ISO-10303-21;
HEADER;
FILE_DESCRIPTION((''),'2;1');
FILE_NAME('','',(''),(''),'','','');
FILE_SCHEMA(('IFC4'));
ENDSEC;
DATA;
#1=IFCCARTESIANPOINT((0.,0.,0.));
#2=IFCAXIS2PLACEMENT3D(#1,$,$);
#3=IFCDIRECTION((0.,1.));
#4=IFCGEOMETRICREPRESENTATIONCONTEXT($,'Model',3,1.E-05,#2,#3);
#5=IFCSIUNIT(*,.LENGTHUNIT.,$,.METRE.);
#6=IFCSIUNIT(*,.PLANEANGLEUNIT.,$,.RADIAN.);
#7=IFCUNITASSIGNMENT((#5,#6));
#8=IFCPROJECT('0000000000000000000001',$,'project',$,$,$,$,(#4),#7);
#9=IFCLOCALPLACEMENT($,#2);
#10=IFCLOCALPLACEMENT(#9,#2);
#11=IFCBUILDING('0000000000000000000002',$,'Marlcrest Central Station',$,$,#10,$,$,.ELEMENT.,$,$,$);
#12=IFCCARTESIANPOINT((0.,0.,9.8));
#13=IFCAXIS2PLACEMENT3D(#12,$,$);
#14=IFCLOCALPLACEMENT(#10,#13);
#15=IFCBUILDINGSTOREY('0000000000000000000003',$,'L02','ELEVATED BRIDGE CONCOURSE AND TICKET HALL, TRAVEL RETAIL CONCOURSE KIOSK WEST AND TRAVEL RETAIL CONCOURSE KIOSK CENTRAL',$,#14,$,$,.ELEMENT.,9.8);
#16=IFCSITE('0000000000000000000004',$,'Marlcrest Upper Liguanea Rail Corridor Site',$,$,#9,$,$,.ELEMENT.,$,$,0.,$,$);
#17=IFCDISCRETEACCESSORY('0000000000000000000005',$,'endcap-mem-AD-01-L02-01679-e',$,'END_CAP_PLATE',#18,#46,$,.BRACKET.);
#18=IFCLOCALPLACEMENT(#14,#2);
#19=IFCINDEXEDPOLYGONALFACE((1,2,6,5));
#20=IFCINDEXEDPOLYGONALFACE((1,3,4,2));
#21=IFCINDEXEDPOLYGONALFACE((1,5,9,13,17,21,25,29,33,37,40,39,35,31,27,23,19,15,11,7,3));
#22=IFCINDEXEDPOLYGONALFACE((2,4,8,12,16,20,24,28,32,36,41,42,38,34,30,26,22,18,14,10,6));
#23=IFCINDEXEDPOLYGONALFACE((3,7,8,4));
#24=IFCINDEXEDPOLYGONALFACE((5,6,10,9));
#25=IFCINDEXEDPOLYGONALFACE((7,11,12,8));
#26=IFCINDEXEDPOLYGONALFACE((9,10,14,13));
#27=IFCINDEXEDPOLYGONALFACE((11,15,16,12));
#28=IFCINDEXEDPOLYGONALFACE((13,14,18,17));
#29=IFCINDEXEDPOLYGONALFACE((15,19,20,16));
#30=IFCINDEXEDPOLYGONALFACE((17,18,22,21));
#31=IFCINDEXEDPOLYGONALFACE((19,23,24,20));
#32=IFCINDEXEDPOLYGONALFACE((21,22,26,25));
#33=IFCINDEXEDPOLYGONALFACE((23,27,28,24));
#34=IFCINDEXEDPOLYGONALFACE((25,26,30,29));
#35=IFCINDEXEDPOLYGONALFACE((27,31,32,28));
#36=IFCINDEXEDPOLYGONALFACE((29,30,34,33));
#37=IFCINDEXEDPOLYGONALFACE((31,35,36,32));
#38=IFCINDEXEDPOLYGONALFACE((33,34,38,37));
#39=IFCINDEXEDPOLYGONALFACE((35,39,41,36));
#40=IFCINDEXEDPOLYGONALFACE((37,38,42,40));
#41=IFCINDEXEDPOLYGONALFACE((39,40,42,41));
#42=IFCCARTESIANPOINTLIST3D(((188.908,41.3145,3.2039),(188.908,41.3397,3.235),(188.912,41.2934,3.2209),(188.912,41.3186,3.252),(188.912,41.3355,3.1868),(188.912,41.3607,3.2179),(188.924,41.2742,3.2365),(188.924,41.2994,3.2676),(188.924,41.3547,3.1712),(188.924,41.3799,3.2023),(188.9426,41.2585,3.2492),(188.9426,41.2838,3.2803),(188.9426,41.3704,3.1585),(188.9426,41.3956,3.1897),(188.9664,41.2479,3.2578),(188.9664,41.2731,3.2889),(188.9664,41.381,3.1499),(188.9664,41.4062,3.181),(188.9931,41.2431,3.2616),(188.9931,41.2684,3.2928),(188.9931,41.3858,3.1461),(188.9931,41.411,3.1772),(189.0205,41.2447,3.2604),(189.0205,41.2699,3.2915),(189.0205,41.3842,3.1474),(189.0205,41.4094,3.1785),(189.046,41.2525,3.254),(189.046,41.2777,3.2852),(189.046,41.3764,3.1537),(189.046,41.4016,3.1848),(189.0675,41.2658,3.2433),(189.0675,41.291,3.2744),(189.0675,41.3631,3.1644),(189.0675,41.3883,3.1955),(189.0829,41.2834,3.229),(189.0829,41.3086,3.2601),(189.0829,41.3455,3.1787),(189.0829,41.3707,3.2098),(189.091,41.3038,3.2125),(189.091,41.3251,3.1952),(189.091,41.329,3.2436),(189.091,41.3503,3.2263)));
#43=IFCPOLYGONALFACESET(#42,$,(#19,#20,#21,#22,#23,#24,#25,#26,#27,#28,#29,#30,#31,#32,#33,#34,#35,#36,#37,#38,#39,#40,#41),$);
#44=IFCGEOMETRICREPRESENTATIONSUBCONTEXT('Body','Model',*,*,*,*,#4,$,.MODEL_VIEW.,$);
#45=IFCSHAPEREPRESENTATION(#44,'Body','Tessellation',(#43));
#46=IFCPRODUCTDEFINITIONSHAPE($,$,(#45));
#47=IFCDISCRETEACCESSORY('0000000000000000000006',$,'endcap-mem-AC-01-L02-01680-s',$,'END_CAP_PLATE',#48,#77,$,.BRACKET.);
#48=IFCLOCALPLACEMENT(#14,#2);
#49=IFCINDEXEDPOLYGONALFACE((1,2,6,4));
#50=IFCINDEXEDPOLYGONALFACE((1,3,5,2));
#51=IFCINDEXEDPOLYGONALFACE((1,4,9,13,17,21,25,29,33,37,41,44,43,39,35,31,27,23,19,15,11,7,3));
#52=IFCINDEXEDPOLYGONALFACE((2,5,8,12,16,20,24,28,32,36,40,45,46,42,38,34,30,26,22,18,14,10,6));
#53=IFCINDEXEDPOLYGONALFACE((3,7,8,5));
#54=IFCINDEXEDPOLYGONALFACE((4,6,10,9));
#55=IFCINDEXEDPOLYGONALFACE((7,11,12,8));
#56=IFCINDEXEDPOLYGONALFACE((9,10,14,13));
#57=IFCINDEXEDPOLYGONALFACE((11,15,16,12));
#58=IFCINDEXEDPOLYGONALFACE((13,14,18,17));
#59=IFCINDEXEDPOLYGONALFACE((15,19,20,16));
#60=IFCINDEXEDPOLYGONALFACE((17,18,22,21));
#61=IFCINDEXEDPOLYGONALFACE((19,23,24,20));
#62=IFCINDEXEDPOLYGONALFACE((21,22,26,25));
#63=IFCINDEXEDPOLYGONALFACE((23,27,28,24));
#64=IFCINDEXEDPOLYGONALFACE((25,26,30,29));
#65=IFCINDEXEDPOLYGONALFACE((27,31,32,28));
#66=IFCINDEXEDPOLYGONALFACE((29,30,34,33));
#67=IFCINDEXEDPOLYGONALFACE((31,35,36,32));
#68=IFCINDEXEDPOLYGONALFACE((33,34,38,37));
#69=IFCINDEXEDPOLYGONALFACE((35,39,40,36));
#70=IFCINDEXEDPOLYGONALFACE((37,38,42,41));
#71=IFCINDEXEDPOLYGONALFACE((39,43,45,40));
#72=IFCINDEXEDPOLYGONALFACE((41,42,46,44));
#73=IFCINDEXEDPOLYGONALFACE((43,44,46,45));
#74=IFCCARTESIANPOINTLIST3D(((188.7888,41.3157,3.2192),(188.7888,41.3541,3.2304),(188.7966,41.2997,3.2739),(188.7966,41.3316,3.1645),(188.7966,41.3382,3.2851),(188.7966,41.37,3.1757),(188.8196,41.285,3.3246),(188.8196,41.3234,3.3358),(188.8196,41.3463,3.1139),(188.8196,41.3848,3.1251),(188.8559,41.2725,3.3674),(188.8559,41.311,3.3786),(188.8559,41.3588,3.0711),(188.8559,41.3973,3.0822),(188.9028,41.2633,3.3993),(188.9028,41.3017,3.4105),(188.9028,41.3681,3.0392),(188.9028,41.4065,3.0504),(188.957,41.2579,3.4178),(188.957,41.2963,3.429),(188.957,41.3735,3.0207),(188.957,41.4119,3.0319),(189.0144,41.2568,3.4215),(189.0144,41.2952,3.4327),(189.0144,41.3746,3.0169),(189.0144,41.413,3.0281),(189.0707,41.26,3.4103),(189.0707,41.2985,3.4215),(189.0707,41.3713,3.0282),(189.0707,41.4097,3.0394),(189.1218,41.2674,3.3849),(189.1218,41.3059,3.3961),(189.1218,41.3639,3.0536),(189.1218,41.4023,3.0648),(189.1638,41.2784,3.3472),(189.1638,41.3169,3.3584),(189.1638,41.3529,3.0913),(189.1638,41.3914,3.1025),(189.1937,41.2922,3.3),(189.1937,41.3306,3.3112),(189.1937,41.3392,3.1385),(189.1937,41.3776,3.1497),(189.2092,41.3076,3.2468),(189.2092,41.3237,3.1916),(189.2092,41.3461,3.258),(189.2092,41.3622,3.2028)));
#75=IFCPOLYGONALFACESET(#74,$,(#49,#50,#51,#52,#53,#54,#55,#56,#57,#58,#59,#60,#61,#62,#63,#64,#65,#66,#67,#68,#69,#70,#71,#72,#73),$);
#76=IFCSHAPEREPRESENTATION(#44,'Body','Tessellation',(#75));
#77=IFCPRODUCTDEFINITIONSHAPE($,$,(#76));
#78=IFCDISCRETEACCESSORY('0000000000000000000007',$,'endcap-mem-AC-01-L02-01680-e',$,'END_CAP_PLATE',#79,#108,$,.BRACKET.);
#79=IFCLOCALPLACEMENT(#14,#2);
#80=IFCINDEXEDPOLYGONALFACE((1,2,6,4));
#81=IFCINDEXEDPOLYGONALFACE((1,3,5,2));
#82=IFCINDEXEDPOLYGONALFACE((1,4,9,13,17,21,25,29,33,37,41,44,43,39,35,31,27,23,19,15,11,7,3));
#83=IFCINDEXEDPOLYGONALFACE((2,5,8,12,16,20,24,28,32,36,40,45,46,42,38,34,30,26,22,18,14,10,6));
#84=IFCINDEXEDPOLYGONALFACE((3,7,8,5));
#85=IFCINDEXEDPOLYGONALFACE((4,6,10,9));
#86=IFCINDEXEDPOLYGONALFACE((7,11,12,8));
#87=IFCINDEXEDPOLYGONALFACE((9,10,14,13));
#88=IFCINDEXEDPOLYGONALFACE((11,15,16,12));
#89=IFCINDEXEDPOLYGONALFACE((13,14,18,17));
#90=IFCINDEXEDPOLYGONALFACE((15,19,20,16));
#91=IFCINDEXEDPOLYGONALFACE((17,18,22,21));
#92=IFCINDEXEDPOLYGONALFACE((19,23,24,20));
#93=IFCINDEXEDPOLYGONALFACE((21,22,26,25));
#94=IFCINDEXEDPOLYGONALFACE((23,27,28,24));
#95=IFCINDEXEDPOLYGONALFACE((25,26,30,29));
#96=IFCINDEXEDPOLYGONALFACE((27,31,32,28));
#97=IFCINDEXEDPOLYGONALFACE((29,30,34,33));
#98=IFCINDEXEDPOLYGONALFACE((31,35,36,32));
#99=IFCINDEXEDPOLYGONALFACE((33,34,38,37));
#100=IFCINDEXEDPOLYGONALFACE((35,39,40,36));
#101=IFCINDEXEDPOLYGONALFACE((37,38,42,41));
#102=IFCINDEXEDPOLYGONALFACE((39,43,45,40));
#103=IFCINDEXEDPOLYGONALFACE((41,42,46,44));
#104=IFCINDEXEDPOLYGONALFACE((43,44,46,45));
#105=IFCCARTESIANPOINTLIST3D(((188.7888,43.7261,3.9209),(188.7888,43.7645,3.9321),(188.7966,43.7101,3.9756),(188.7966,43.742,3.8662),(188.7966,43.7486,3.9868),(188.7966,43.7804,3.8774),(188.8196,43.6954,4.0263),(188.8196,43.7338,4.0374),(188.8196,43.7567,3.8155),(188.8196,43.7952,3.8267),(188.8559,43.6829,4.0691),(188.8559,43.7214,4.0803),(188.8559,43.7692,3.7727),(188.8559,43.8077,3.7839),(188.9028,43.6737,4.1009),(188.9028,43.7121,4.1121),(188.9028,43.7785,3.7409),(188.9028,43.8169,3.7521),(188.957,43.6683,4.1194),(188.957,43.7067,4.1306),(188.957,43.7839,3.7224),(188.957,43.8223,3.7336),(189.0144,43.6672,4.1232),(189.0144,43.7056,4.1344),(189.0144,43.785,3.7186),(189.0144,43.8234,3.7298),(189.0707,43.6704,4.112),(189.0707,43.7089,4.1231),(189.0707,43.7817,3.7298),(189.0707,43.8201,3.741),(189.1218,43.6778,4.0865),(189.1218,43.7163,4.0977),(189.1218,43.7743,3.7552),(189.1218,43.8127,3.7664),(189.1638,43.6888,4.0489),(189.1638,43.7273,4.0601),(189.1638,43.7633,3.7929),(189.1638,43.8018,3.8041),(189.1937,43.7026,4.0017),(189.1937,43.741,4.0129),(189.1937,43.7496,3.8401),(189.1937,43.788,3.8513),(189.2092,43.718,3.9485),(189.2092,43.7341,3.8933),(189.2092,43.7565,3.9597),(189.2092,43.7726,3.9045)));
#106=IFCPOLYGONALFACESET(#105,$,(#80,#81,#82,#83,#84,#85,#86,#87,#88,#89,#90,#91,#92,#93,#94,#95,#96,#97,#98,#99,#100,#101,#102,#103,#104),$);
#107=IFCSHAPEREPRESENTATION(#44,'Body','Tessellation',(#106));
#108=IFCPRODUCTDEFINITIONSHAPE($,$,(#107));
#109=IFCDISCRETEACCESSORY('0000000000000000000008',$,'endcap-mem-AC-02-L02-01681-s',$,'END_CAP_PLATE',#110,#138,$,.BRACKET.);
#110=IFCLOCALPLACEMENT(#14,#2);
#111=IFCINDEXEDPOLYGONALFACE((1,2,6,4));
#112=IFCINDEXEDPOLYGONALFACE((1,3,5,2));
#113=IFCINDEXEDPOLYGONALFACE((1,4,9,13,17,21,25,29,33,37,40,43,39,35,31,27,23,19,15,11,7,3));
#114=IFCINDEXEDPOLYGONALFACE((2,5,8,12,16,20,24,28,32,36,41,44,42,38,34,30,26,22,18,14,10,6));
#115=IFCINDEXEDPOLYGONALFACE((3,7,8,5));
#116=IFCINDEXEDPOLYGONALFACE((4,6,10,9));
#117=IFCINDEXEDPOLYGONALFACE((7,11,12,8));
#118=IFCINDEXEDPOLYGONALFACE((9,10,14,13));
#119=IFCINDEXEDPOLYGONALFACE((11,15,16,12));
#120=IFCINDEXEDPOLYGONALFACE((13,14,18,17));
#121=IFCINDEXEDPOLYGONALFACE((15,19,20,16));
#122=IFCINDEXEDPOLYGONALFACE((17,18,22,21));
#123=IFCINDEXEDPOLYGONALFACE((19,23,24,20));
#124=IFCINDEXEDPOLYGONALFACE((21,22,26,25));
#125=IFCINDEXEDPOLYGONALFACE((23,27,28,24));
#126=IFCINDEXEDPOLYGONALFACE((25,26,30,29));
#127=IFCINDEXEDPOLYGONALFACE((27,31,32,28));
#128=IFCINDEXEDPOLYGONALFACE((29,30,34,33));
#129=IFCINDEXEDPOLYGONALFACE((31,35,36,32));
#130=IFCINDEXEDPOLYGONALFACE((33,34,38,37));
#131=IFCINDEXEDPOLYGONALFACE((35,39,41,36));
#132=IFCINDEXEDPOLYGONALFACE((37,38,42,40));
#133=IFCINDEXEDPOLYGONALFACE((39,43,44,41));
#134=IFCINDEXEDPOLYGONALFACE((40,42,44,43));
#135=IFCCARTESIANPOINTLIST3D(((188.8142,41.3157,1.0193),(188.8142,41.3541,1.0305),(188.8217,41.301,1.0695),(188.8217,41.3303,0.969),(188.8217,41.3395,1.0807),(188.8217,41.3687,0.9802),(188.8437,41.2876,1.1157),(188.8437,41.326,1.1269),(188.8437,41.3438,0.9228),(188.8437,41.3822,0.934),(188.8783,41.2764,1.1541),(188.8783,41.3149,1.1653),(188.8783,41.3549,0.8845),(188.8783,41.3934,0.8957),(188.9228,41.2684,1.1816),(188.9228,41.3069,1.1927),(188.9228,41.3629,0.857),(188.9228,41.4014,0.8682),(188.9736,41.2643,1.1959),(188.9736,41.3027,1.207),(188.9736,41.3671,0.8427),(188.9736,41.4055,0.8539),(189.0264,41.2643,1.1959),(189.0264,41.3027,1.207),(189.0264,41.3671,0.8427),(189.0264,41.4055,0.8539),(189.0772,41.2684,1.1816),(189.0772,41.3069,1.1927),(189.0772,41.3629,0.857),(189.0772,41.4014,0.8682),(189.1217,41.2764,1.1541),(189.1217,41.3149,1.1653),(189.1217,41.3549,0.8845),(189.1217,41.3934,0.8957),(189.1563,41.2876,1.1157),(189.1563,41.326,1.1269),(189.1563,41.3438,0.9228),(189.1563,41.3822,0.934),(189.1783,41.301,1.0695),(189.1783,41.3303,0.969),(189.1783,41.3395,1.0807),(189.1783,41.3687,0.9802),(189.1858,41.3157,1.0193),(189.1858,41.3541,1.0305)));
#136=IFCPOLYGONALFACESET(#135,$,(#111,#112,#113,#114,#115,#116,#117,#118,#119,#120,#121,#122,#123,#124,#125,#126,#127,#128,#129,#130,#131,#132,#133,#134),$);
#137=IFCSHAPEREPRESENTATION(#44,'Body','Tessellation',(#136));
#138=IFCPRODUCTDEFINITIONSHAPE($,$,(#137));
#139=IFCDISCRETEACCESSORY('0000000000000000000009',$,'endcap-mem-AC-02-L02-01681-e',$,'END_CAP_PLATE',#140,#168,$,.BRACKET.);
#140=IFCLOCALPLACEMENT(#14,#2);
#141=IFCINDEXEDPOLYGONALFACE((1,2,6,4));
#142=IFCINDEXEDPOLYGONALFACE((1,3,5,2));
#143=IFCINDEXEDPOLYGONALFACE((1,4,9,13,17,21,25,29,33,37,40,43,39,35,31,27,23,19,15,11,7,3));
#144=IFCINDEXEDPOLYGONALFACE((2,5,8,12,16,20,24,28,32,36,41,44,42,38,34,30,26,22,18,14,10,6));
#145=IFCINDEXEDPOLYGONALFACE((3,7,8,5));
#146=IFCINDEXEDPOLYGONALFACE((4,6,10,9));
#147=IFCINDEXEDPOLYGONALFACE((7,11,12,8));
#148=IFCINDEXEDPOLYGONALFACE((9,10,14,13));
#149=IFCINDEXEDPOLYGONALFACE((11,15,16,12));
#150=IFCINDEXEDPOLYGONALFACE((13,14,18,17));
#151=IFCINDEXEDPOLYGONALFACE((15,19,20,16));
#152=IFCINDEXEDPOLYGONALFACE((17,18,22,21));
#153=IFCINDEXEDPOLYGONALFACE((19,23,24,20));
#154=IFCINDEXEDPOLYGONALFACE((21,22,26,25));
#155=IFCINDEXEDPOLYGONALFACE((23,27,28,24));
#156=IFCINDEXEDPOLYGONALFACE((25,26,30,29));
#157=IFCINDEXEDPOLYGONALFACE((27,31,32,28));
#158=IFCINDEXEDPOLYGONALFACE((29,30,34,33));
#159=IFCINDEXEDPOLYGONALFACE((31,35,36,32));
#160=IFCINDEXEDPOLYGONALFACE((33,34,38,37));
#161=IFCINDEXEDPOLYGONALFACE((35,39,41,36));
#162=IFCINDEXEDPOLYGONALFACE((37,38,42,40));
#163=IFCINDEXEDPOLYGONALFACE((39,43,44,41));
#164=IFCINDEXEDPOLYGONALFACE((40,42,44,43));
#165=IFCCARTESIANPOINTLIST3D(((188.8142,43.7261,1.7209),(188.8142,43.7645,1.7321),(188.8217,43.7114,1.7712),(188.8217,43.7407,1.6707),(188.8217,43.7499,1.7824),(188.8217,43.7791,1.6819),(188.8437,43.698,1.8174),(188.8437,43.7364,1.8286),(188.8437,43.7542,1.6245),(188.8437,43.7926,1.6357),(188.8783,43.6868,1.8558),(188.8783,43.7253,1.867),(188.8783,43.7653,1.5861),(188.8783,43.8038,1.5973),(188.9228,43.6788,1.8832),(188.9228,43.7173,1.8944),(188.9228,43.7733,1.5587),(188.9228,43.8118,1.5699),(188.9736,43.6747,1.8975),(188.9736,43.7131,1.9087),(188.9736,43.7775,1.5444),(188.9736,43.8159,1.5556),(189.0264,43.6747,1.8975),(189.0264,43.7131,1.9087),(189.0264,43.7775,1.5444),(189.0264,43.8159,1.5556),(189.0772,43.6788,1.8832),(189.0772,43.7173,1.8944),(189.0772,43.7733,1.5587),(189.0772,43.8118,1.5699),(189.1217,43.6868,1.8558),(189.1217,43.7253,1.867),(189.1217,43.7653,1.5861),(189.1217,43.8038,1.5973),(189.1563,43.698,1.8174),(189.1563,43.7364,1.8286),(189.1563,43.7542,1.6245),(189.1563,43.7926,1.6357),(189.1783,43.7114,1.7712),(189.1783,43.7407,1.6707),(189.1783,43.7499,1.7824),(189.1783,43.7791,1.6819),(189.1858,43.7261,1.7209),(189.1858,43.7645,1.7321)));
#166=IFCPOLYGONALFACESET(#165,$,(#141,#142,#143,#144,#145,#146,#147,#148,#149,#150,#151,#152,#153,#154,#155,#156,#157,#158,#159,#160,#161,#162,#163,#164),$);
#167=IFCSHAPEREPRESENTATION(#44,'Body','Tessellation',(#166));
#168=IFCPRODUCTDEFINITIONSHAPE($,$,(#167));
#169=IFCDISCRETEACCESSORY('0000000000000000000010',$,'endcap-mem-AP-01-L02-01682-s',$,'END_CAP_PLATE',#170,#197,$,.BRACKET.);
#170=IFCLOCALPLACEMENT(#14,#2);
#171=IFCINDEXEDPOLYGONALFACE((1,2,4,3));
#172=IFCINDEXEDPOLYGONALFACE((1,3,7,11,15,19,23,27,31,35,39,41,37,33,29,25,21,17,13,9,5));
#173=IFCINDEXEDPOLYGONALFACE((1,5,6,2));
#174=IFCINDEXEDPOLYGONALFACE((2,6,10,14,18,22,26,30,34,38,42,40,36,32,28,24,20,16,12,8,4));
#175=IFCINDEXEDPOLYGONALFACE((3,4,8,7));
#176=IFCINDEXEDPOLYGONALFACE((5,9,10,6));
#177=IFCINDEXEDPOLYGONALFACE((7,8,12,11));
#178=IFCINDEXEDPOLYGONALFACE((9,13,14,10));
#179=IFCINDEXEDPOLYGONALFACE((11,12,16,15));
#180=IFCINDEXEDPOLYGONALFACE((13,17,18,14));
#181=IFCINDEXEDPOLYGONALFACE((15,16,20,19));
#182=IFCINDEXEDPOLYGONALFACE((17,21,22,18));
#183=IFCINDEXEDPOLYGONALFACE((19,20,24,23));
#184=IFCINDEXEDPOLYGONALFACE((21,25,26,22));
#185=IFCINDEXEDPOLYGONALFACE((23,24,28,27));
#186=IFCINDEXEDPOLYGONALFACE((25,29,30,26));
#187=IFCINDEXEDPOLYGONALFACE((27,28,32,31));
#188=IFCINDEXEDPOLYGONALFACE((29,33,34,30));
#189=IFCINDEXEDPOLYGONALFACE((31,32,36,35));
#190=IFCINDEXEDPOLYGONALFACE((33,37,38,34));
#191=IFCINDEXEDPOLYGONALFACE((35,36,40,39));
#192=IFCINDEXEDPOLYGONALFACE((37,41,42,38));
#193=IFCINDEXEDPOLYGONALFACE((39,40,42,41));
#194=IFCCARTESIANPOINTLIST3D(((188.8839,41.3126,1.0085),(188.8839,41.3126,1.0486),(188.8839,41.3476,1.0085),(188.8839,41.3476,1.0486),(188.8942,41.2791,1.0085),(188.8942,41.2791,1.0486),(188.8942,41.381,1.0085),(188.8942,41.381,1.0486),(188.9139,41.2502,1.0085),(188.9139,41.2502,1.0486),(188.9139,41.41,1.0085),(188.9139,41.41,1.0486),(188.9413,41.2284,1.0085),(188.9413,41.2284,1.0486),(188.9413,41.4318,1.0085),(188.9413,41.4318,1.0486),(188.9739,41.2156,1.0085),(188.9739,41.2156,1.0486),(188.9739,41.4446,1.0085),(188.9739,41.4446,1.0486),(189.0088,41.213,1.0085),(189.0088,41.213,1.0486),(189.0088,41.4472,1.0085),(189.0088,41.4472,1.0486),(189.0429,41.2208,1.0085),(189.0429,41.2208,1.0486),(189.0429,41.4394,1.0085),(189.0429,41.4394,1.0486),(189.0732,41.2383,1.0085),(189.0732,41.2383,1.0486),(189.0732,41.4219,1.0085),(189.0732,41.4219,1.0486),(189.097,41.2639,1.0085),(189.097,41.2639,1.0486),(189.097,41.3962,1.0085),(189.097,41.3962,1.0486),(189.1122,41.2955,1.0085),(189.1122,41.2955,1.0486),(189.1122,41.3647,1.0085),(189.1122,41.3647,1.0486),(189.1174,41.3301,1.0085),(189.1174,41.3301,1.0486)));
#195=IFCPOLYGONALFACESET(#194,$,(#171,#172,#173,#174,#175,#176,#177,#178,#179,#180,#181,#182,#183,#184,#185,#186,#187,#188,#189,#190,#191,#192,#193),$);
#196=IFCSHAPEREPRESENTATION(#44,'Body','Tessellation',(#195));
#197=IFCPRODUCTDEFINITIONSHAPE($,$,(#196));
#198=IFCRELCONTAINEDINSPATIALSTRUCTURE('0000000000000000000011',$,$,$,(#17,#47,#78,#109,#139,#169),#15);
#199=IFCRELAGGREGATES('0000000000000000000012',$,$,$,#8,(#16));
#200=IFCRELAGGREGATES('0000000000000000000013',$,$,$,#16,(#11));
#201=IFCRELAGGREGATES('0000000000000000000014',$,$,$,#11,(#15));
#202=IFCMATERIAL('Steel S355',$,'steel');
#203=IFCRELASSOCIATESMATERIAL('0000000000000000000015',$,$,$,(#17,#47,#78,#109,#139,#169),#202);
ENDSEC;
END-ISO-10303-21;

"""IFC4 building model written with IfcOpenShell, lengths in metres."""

from ifc_helpers import new_model, si_unit, direction, frame, origin, origin_2d, place, context, subcontext, project, spatial, circle, extrude, material, element, save


model = new_model("IFC4")

# Units and contexts
model_context = context("Model", 3, precision=1e-05, world=origin(), true_north=direction((0.0, 1.0)))
body_context = subcontext(model_context, "Body", "Model", "MODEL_VIEW")
ifc_project = project(units=[si_unit("LENGTHUNIT", "METRE"), si_unit("PLANEANGLEUNIT", "RADIAN")], contexts=[model_context])

# Site, building, storey
site_placement = place(None, origin())
site = spatial("IfcSite", under=ifc_project, at=site_placement, Name="Marlcrest Upper Liguanea Rail Corridor Site", CompositionType="ELEMENT", RefElevation=0.0)
building_placement = place(site_placement, origin())
building = spatial("IfcBuilding", under=site, at=building_placement, Name="Marlcrest Central Station", CompositionType="ELEMENT")
storey_placement = place(building_placement, frame((0.0, 0.0, 9.8)))
storey = spatial("IfcBuildingStorey", under=building, at=storey_placement, Name="L02", Description="ELEVATED BRIDGE CONCOURSE AND TICKET HALL, TRAVEL RETAIL CONCOURSE KIOSK WEST AND TRAVEL RETAIL CONCOURSE KIOSK CENTRAL", CompositionType="ELEMENT", Elevation=9.8)

# Shared definitions
ifc_material_1 = material(Name="Steel S355", Category="steel")

# Discrete accessories
for number, where, z_axis, x_axis, name in (
    (1, (189.0, 41.3145, 3.2039), (0.0, 0.629629, 0.776896), (-1.0, 0.0, 0.0), "endcap-mem-AD-01-L02-01679-e"),
):
    element("IfcDiscreteAccessory", number, at=place(storey_placement, frame(where, z_axis=z_axis, x_axis=x_axis)), inside=storey, material=ifc_material_1, Name=name, ObjectType="END_CAP_PLATE", PredefinedType="BRACKET", context=body_context, shape_type="SweptSolid", body=[
        extrude(circle(Radius=0.092, at=origin_2d()), origin(), (0.0, 0.0, 1.0), 0.04),
    ])
for number, where, z_axis, x_axis, name in (
    (2, (189.0, 41.3157, 3.2192), (0.0, 0.96013, 0.279554), (-1.0, 0.0, 0.0), "endcap-mem-AC-01-L02-01680-s"),
    (3, (189.0, 43.7261, 3.9209), (0.0, 0.96013, 0.279554), (-1.0, 0.0, 0.0), "endcap-mem-AC-01-L02-01680-e"),
):
    element("IfcDiscreteAccessory", number, at=place(storey_placement, frame(where, z_axis=z_axis, x_axis=x_axis)), inside=storey, material=ifc_material_1, Name=name, ObjectType="END_CAP_PLATE", PredefinedType="BRACKET", context=body_context, shape_type="SweptSolid", body=[
        extrude(circle(Radius=0.2112, at=origin_2d()), origin(), (0.0, 0.0, 1.0), 0.04),
    ])
for number, where, z_axis, x_axis, name in (
    (4, (189.0, 41.3157, 1.0193), (0.0, 0.96013, 0.279554), (-1.0, 0.0, 0.0), "endcap-mem-AC-02-L02-01681-s"),
    (5, (189.0, 43.7261, 1.7209), (0.0, 0.96013, 0.279554), (-1.0, 0.0, 0.0), "endcap-mem-AC-02-L02-01681-e"),
):
    element("IfcDiscreteAccessory", number, at=place(storey_placement, frame(where, z_axis=z_axis, x_axis=x_axis)), inside=storey, material=ifc_material_1, Name=name, ObjectType="END_CAP_PLATE", PredefinedType="BRACKET", context=body_context, shape_type="SweptSolid", body=[
        extrude(circle(Radius=0.1858, at=origin_2d()), origin(), (0.0, 0.0, 1.0), 0.04),
    ])
for number, where, z_axis, x_axis, name in (
    (6, (189.0, 41.3301, 1.0085), (0.0, 0.0, 1.0), (1.0, 0.0, 0.0), "endcap-mem-AP-01-L02-01682-s"),
):
    element("IfcDiscreteAccessory", number, at=place(storey_placement, frame(where, z_axis=z_axis, x_axis=x_axis)), inside=storey, material=ifc_material_1, Name=name, ObjectType="END_CAP_PLATE", PredefinedType="BRACKET", context=body_context, shape_type="SweptSolid", body=[
        extrude(circle(Radius=0.1174, at=origin_2d()), origin(), (0.0, 0.0, 1.0), 0.04),
    ])

save(model, "model.ifc")
